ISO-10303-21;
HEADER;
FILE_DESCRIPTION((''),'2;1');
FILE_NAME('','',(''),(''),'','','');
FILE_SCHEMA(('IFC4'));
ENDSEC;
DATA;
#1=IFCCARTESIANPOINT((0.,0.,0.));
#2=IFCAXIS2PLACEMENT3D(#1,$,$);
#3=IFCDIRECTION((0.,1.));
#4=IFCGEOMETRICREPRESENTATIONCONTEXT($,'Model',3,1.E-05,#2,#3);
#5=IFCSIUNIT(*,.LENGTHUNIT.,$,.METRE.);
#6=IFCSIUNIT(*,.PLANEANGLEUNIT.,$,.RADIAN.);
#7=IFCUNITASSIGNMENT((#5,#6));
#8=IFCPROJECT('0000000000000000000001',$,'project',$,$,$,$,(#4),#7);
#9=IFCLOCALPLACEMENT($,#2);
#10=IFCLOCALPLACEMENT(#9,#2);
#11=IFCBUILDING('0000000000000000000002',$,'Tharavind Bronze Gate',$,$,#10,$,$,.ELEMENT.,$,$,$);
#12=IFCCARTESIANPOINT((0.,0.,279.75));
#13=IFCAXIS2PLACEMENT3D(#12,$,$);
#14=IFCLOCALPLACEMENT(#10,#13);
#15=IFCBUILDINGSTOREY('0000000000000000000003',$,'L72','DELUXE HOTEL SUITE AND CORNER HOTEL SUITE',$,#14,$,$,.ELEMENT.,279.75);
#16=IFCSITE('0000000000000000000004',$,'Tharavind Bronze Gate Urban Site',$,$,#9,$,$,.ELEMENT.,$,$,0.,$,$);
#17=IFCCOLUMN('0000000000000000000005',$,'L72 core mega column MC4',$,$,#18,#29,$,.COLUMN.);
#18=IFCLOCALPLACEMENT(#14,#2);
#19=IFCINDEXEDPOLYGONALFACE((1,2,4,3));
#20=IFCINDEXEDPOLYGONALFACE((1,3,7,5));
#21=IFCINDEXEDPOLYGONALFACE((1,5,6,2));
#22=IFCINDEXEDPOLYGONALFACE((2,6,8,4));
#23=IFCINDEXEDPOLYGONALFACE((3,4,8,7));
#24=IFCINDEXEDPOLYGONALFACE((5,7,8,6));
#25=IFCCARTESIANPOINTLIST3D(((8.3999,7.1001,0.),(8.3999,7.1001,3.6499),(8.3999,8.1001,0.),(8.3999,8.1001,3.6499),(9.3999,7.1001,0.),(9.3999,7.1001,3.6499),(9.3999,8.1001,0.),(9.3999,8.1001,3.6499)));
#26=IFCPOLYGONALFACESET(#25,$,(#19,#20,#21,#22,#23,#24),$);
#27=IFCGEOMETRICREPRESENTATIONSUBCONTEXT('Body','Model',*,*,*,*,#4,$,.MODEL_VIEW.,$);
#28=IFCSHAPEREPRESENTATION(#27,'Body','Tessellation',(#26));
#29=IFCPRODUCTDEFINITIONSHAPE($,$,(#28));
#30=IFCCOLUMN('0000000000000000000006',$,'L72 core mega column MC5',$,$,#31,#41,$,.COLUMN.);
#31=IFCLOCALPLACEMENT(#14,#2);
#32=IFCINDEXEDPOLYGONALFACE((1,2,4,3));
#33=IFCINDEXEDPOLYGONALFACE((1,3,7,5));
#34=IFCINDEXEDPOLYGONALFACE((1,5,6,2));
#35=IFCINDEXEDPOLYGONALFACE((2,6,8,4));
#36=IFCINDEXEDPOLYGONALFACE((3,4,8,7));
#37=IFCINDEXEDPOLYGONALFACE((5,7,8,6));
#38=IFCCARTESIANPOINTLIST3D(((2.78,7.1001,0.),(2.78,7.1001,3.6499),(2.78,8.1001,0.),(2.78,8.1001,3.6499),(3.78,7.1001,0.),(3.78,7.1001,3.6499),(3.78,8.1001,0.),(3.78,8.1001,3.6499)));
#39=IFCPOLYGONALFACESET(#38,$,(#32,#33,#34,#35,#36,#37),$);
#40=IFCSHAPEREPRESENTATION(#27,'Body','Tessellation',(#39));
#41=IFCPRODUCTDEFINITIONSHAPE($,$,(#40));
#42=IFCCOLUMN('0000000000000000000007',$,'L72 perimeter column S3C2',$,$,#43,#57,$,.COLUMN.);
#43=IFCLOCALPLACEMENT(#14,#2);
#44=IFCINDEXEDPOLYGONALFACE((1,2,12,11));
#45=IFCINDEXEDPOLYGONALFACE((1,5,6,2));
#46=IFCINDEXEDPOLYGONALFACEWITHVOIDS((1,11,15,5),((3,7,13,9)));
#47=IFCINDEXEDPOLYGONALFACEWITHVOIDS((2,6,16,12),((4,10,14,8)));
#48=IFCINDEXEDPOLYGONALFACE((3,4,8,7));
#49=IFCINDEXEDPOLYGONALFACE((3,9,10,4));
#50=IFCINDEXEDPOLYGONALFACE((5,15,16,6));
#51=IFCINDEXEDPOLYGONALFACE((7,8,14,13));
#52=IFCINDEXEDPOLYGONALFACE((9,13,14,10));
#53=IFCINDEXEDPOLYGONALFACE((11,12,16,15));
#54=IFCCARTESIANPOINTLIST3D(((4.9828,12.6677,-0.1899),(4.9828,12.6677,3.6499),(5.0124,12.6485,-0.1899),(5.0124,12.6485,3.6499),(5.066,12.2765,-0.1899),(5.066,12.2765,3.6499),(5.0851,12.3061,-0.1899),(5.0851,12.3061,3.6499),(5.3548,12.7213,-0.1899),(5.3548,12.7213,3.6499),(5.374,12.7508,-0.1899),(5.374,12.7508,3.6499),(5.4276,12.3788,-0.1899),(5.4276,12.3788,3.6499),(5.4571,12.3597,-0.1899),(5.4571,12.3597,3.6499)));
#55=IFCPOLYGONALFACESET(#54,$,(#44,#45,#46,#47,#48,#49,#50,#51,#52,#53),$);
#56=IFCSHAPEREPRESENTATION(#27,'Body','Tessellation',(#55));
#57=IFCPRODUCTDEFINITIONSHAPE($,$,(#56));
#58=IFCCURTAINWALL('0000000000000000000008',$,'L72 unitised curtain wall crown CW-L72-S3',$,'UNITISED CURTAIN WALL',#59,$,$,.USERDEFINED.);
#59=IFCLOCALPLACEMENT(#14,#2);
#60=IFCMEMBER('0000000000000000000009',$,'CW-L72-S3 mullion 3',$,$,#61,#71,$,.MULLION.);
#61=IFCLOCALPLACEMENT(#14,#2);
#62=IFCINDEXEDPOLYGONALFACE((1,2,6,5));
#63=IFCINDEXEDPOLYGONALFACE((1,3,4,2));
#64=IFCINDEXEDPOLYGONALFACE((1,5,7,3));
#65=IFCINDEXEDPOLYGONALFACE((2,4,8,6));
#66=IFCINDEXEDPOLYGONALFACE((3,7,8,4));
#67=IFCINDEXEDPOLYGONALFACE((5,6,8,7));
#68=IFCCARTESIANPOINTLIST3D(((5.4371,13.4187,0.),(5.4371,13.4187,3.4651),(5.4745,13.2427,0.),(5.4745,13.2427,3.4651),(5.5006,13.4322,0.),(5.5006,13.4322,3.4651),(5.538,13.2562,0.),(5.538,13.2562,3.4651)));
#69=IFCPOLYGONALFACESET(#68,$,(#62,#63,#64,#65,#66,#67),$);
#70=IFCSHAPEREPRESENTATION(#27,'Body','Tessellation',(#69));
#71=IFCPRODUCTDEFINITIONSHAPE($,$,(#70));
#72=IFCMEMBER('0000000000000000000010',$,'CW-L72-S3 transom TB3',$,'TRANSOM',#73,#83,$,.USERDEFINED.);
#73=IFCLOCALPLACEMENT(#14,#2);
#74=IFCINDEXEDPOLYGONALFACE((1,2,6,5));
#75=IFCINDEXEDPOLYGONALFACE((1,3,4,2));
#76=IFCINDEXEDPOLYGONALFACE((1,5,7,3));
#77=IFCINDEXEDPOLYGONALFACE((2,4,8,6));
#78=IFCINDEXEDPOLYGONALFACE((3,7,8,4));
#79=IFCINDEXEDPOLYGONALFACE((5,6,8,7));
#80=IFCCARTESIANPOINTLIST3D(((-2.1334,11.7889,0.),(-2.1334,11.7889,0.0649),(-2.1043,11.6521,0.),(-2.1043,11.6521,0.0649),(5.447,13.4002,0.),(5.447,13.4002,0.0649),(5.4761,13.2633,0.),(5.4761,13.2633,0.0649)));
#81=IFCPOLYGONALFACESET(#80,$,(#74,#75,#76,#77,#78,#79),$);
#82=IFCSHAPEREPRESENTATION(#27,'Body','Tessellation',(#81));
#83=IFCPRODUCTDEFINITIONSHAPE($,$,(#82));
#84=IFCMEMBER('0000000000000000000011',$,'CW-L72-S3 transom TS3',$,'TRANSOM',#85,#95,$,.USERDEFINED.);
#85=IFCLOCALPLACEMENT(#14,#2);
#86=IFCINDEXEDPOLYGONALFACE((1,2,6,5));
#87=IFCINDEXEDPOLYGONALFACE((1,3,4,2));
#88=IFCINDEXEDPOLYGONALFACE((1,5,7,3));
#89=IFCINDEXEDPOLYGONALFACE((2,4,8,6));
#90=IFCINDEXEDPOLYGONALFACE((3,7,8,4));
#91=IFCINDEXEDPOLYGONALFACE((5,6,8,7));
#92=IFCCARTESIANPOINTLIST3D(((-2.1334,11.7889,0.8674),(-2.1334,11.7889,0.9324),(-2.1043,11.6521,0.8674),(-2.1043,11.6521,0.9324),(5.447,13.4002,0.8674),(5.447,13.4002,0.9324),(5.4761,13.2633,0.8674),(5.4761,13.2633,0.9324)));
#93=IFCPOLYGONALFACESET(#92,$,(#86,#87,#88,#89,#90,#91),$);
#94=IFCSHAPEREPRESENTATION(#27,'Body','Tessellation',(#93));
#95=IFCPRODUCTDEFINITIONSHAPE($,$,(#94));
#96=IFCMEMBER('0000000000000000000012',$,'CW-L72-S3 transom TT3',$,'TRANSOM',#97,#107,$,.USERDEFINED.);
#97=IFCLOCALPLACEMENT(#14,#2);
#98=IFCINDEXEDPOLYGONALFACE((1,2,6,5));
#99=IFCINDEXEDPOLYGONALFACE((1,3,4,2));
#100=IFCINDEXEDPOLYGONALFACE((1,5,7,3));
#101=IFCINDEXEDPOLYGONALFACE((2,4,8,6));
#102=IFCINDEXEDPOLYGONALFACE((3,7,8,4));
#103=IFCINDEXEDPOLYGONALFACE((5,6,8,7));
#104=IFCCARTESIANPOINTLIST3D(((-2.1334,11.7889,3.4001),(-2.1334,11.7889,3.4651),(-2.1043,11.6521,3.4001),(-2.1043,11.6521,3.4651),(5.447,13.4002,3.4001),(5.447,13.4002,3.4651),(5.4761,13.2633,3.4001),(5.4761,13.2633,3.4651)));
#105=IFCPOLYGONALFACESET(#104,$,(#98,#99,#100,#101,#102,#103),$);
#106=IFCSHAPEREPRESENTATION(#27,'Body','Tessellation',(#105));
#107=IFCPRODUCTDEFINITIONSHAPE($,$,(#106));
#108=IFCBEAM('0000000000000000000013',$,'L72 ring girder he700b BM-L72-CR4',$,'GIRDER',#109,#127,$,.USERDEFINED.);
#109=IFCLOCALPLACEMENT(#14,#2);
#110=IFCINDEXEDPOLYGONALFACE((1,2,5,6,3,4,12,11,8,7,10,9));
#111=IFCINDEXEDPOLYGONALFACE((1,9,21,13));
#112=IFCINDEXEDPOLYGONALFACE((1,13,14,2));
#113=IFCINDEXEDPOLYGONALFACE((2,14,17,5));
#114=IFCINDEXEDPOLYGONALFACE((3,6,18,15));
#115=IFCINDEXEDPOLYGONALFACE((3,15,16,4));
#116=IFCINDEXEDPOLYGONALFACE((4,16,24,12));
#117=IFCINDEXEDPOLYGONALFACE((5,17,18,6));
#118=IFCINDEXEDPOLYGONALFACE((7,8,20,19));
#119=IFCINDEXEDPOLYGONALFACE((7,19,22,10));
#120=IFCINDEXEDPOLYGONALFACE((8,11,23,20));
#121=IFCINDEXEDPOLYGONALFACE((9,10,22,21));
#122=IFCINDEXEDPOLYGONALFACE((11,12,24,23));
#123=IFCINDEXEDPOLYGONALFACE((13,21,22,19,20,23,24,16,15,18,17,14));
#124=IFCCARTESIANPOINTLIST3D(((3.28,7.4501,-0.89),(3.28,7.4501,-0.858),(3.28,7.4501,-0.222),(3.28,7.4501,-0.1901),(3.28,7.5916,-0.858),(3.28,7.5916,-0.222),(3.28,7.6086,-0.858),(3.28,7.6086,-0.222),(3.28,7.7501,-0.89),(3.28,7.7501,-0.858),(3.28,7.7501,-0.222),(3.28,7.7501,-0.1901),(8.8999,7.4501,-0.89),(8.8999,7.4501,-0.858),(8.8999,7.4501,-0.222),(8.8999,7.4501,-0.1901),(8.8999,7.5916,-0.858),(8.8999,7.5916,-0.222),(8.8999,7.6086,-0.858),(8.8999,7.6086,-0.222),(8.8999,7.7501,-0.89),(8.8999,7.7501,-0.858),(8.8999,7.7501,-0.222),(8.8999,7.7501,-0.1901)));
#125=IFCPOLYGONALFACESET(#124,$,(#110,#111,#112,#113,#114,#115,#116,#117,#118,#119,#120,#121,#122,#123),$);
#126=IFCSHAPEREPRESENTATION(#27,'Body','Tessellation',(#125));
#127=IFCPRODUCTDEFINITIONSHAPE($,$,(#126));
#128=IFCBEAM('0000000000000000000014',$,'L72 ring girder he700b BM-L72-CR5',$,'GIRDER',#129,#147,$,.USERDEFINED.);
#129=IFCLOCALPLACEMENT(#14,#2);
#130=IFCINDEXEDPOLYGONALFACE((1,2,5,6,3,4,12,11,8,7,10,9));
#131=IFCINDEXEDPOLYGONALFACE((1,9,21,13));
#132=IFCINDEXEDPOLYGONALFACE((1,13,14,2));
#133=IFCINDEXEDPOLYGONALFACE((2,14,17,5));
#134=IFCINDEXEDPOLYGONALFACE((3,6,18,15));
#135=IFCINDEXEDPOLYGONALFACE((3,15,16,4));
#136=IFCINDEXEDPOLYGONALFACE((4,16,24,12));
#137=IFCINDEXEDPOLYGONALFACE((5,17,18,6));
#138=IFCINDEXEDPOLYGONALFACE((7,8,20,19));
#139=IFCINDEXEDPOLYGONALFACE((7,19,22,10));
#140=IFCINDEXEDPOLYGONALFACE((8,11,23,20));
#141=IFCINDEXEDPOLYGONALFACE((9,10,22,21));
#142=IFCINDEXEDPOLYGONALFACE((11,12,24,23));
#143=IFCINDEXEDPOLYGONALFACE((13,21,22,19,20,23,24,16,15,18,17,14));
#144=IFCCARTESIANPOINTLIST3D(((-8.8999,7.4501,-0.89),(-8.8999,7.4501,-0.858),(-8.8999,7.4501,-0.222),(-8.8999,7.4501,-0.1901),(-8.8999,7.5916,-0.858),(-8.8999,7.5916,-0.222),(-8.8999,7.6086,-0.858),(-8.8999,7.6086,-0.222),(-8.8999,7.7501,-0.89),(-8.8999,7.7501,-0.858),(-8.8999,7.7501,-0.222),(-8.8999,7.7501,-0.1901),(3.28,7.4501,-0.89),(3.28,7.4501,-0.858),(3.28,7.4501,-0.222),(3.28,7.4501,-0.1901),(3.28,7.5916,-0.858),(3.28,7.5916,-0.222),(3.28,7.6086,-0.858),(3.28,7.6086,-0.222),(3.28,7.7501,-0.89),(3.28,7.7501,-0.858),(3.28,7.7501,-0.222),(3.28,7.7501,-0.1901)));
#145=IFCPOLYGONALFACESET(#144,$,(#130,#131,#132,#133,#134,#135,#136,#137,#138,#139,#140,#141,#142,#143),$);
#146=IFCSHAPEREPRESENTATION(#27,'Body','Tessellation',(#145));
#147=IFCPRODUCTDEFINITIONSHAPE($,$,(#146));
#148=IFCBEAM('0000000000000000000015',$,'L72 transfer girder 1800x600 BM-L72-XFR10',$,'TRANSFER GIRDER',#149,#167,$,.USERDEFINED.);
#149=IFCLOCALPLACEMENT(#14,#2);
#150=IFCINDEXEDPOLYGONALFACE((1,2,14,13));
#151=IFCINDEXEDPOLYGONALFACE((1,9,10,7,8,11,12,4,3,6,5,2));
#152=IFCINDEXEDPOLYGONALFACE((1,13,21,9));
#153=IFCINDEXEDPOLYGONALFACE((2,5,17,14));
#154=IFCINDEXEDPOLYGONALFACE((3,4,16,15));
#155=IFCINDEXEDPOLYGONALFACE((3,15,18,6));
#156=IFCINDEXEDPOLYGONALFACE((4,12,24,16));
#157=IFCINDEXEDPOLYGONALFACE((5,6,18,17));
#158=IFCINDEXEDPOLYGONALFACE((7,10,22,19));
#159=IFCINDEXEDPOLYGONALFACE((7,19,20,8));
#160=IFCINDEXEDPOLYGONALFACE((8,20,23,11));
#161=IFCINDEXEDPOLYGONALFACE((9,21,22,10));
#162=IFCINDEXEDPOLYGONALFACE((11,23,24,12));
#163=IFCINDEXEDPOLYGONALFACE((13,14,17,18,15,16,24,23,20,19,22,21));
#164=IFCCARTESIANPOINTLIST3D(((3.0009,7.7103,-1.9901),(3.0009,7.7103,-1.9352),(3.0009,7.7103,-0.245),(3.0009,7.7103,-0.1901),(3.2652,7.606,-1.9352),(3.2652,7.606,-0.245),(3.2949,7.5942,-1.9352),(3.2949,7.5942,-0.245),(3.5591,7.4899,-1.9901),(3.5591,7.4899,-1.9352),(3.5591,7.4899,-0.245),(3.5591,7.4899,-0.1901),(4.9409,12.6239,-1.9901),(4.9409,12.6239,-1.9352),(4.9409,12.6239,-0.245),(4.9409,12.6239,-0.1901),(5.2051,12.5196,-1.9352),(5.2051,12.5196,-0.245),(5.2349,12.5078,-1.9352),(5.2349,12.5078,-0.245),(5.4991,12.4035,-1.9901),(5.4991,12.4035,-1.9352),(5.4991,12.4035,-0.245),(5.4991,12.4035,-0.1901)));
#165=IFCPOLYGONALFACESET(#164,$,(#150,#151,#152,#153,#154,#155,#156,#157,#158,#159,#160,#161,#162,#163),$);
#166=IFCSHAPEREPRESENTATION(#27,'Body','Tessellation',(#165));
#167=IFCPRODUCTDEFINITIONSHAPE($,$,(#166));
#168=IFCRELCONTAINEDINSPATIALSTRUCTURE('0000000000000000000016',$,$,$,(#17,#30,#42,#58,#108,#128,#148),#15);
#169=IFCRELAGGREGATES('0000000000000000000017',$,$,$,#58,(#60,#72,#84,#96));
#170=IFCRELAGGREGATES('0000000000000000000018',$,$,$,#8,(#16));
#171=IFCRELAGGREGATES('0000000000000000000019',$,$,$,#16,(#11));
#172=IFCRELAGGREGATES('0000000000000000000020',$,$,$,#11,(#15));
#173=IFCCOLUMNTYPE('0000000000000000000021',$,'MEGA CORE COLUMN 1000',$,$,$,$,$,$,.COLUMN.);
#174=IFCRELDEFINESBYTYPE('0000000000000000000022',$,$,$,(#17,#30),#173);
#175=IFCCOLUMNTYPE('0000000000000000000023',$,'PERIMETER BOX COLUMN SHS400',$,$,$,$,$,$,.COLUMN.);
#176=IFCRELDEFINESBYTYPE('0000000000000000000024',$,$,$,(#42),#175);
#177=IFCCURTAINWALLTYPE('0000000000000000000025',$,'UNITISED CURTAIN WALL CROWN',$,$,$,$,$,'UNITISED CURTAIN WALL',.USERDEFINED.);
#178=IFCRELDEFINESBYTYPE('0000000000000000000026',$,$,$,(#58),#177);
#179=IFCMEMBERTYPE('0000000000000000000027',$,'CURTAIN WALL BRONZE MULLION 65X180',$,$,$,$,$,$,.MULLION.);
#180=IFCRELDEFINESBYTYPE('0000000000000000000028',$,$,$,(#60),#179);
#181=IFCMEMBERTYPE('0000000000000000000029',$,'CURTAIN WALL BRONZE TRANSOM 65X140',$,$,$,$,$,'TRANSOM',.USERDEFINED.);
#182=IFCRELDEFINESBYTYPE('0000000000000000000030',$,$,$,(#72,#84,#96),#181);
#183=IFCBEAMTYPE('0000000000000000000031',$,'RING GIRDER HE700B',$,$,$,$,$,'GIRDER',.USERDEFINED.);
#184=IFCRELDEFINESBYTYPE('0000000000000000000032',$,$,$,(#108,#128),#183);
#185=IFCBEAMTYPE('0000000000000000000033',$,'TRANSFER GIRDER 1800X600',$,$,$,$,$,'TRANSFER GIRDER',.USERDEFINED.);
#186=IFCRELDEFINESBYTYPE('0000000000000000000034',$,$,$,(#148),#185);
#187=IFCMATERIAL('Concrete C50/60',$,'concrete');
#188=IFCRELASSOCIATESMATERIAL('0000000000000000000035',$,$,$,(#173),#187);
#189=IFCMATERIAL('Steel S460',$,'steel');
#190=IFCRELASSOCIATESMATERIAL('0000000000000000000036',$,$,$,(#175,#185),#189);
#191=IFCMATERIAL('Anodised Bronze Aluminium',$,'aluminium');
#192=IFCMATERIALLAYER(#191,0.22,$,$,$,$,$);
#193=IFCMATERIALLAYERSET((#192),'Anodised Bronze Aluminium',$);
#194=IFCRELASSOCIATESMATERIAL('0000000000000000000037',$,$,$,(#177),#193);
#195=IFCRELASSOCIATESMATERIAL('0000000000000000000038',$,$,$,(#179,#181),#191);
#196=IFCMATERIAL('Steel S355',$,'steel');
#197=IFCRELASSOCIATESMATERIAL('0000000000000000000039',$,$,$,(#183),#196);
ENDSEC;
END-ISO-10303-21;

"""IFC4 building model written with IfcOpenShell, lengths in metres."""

from ifc_helpers import new_model, si_unit, direction, frame, origin, origin_2d, place, context, subcontext, project, spatial, rectangle, hollow_rectangle, i_section, extrude, material, layer, layer_set, material_profile, profile_set, type_object, element, aggregate, save


model = new_model("IFC4")

# Units and contexts
model_context = context("Model", 3, precision=1e-05, world=origin(), true_north=direction((0.0, 1.0)))
body_context = subcontext(model_context, "Body", "Model", "MODEL_VIEW")
ifc_project = project(units=[si_unit("LENGTHUNIT", "METRE"), si_unit("PLANEANGLEUNIT", "RADIAN")], contexts=[model_context])

# Site, building, storey
site_placement = place(None, origin())
site = spatial("IfcSite", under=ifc_project, at=site_placement, Name="Tharavind Bronze Gate Urban Site", CompositionType="ELEMENT", RefElevation=0.0)
building_placement = place(site_placement, origin())
building = spatial("IfcBuilding", under=site, at=building_placement, Name="Tharavind Bronze Gate", CompositionType="ELEMENT")
storey_placement = place(building_placement, frame((0.0, 0.0, 279.75)))
storey = spatial("IfcBuildingStorey", under=building, at=storey_placement, Name="L72", Description="DELUXE HOTEL SUITE AND CORNER HOTEL SUITE", CompositionType="ELEMENT", Elevation=279.75)

# Columns
ifc_material_1 = material(Name="Concrete C50/60", Category="concrete")
ifc_material_profile_1 = material_profile(ifc_material_1, rectangle(XDim=1.0, YDim=1.0, at=origin_2d()), Name="RCCOL1000")
ifc_profile_set_1 = profile_set([ifc_material_profile_1], Name="Concrete C50/60")
column_type_1 = type_object("IfcColumnType", Name="MEGA CORE COLUMN 1000", PredefinedType="COLUMN", material=ifc_profile_set_1)
for number, where, z_axis, x_axis, name in (
    (1, (8.8999, 7.6001, 0.0), (0.0, 0.0, 1.0), (1.0, 0.0, 0.0), "L72 core mega column MC4"),
    (2, (3.28, 7.6001, 0.0), (0.0, 0.0, 1.0), (1.0, 0.0, 0.0), "L72 core mega column MC5"),
):
    element("IfcColumn", number, at=place(storey_placement, frame(where, z_axis=z_axis, x_axis=x_axis)), inside=storey, type_object=column_type_1, Name=name, PredefinedType="COLUMN", context=body_context, shape_type="SweptSolid", body=[
        extrude(rectangle(XDim=1.0, YDim=1.0, at=origin_2d()), origin(), (0.0, 0.0, 1.0), 3.6499),
    ])
ifc_material_2 = material(Name="Steel S460", Category="steel")
ifc_material_profile_2 = material_profile(ifc_material_2, hollow_rectangle(XDim=0.3999, YDim=0.3999, WallThickness=0.0249, at=origin_2d()), Name="SHS400X25")
ifc_profile_set_2 = profile_set([ifc_material_profile_2], Name="Steel S460")
column_type_2 = type_object("IfcColumnType", Name="PERIMETER BOX COLUMN SHS400", PredefinedType="COLUMN", material=ifc_profile_set_2)
column_placement = place(storey_placement, frame((5.22, 12.5137, -0.1899), z_axis=(0.0, 0.0, 1.0), x_axis=(0.978147, 0.207913, 0.0)))
element("IfcColumn", 3, at=column_placement, inside=storey, type_object=column_type_2, Name="L72 perimeter column S3C2", PredefinedType="COLUMN", context=body_context, shape_type="SweptSolid", body=[
    extrude(hollow_rectangle(XDim=0.3999, YDim=0.3999, WallThickness=0.0249, at=origin_2d()), origin(), (0.0, 0.0, 1.0), 3.8398),
])

# Curtain wall, members
ifc_material_3 = material(Name="Anodised Bronze Aluminium", Category="aluminium")
ifc_layer_1 = layer(ifc_material_3, 0.22)
ifc_layer_set_1 = layer_set([ifc_layer_1], Name="Anodised Bronze Aluminium")
curtain_wall_type = type_object("IfcCurtainWallType", Name="UNITISED CURTAIN WALL CROWN", ElementType="UNITISED CURTAIN WALL", PredefinedType="USERDEFINED", material=ifc_layer_set_1)
curtain_wall_placement = place(storey_placement, origin())
curtain_wall = element("IfcCurtainWall", 4, at=curtain_wall_placement, inside=storey, type_object=curtain_wall_type, Name="L72 unitised curtain wall crown CW-L72-S3", ObjectType="UNITISED CURTAIN WALL", PredefinedType="USERDEFINED")
member_type_1 = type_object("IfcMemberType", Name="CURTAIN WALL BRONZE MULLION 65X180", PredefinedType="MULLION", material=ifc_material_3)
member_1_placement = place(storey_placement, frame((5.4875, 13.3374, 0.0), z_axis=(0.0, 0.0, 1.0), x_axis=(-0.978147, -0.207913, 0.0)))
member_1 = element("IfcMember", 5, at=member_1_placement, type_object=member_type_1, Name="CW-L72-S3 mullion 3", PredefinedType="MULLION", context=body_context, shape_type="SweptSolid", body=[
    extrude(rectangle(XDim=0.0649, YDim=0.1799, at=origin_2d()), origin(), (0.0, 0.0, 1.0), 3.4651),
])
member_type_2 = type_object("IfcMemberType", Name="CURTAIN WALL BRONZE TRANSOM 65X140", ElementType="TRANSOM", PredefinedType="USERDEFINED", material=ifc_material_3)
member_2_placement = place(storey_placement, frame((1.6714, 12.5261, 0.0), z_axis=(0.0, 0.0, 1.0), x_axis=(-0.978147, -0.207913, 0.0)))
member_2 = element("IfcMember", 6, at=member_2_placement, type_object=member_type_2, Name="CW-L72-S3 transom TB3", ObjectType="TRANSOM", PredefinedType="USERDEFINED", context=body_context, shape_type="SweptSolid", body=[
    extrude(rectangle(XDim=7.7498, YDim=0.1399, at=origin_2d()), origin(), (0.0, 0.0, 1.0), 0.0649),
])
member_3_placement = place(storey_placement, frame((1.6714, 12.5261, 0.8674), z_axis=(0.0, 0.0, 1.0), x_axis=(-0.978147, -0.207913, 0.0)))
member_3 = element("IfcMember", 7, at=member_3_placement, type_object=member_type_2, Name="CW-L72-S3 transom TS3", ObjectType="TRANSOM", PredefinedType="USERDEFINED", context=body_context, shape_type="SweptSolid", body=[
    extrude(rectangle(XDim=7.7498, YDim=0.1399, at=origin_2d()), origin(), (0.0, 0.0, 1.0), 0.0649),
])
member_4_placement = place(storey_placement, frame((1.6714, 12.5261, 3.4001), z_axis=(0.0, 0.0, 1.0), x_axis=(-0.978147, -0.207913, 0.0)))
member_4 = element("IfcMember", 8, at=member_4_placement, type_object=member_type_2, Name="CW-L72-S3 transom TT3", ObjectType="TRANSOM", PredefinedType="USERDEFINED", context=body_context, shape_type="SweptSolid", body=[
    extrude(rectangle(XDim=7.7498, YDim=0.1399, at=origin_2d()), origin(), (0.0, 0.0, 1.0), 0.0649),
])

# Beams
ifc_material_4 = material(Name="Steel S355", Category="steel")
ifc_material_profile_3 = material_profile(ifc_material_4, i_section(OverallWidth=0.3, OverallDepth=0.7, WebThickness=0.0171, FlangeThickness=0.032, at=origin_2d()), Name="HE700B")
ifc_profile_set_3 = profile_set([ifc_material_profile_3], Name="Steel S355")
beam_type_1 = type_object("IfcBeamType", Name="RING GIRDER HE700B", ElementType="GIRDER", PredefinedType="USERDEFINED", material=ifc_profile_set_3)
beam_1_placement = place(storey_placement, frame((8.8999, 7.6001, -0.54), z_axis=(-1.0, 0.0, 0.0), x_axis=(0.0, -1.0, 0.0)))
element("IfcBeam", 9, at=beam_1_placement, inside=storey, type_object=beam_type_1, Name="L72 ring girder he700b BM-L72-CR4", ObjectType="GIRDER", PredefinedType="USERDEFINED", context=body_context, shape_type="SweptSolid", body=[
    extrude(i_section(OverallWidth=0.3, OverallDepth=0.7, WebThickness=0.0171, FlangeThickness=0.032, at=origin_2d()), origin(), (0.0, 0.0, 1.0), 5.6199),
])
beam_2_placement = place(storey_placement, frame((3.28, 7.6001, -0.54), z_axis=(-1.0, 0.0, 0.0), x_axis=(0.0, -1.0, 0.0)))
element("IfcBeam", 10, at=beam_2_placement, inside=storey, type_object=beam_type_1, Name="L72 ring girder he700b BM-L72-CR5", ObjectType="GIRDER", PredefinedType="USERDEFINED", context=body_context, shape_type="SweptSolid", body=[
    extrude(i_section(OverallWidth=0.3, OverallDepth=0.7, WebThickness=0.0171, FlangeThickness=0.032, at=origin_2d()), origin(), (0.0, 0.0, 1.0), 12.1799),
])
ifc_material_profile_4 = material_profile(ifc_material_2, i_section(OverallWidth=0.6001, OverallDepth=1.8, WebThickness=0.032, FlangeThickness=0.0549, at=origin_2d()), Name="PG1800X600")
ifc_profile_set_4 = profile_set([ifc_material_profile_4], Name="Steel S460")
beam_type_2 = type_object("IfcBeamType", Name="TRANSFER GIRDER 1800X600", ElementType="TRANSFER GIRDER", PredefinedType="USERDEFINED", material=ifc_profile_set_4)
beam_3_placement = place(storey_placement, frame((3.28, 7.6001, -1.0901), z_axis=(0.367228, 0.930131, 0.0), x_axis=(-0.930131, 0.367228, 0.0)))
element("IfcBeam", 11, at=beam_3_placement, inside=storey, type_object=beam_type_2, Name="L72 transfer girder 1800x600 BM-L72-XFR10", ObjectType="TRANSFER GIRDER", PredefinedType="USERDEFINED", context=body_context, shape_type="SweptSolid", body=[
    extrude(i_section(OverallWidth=0.6001, OverallDepth=1.8, WebThickness=0.032, FlangeThickness=0.0549, at=origin_2d()), origin(), (0.0, 0.0, 1.0), 5.2827),
])

aggregate(curtain_wall, [member_1, member_2, member_3, member_4])

save(model, "model.ifc")
